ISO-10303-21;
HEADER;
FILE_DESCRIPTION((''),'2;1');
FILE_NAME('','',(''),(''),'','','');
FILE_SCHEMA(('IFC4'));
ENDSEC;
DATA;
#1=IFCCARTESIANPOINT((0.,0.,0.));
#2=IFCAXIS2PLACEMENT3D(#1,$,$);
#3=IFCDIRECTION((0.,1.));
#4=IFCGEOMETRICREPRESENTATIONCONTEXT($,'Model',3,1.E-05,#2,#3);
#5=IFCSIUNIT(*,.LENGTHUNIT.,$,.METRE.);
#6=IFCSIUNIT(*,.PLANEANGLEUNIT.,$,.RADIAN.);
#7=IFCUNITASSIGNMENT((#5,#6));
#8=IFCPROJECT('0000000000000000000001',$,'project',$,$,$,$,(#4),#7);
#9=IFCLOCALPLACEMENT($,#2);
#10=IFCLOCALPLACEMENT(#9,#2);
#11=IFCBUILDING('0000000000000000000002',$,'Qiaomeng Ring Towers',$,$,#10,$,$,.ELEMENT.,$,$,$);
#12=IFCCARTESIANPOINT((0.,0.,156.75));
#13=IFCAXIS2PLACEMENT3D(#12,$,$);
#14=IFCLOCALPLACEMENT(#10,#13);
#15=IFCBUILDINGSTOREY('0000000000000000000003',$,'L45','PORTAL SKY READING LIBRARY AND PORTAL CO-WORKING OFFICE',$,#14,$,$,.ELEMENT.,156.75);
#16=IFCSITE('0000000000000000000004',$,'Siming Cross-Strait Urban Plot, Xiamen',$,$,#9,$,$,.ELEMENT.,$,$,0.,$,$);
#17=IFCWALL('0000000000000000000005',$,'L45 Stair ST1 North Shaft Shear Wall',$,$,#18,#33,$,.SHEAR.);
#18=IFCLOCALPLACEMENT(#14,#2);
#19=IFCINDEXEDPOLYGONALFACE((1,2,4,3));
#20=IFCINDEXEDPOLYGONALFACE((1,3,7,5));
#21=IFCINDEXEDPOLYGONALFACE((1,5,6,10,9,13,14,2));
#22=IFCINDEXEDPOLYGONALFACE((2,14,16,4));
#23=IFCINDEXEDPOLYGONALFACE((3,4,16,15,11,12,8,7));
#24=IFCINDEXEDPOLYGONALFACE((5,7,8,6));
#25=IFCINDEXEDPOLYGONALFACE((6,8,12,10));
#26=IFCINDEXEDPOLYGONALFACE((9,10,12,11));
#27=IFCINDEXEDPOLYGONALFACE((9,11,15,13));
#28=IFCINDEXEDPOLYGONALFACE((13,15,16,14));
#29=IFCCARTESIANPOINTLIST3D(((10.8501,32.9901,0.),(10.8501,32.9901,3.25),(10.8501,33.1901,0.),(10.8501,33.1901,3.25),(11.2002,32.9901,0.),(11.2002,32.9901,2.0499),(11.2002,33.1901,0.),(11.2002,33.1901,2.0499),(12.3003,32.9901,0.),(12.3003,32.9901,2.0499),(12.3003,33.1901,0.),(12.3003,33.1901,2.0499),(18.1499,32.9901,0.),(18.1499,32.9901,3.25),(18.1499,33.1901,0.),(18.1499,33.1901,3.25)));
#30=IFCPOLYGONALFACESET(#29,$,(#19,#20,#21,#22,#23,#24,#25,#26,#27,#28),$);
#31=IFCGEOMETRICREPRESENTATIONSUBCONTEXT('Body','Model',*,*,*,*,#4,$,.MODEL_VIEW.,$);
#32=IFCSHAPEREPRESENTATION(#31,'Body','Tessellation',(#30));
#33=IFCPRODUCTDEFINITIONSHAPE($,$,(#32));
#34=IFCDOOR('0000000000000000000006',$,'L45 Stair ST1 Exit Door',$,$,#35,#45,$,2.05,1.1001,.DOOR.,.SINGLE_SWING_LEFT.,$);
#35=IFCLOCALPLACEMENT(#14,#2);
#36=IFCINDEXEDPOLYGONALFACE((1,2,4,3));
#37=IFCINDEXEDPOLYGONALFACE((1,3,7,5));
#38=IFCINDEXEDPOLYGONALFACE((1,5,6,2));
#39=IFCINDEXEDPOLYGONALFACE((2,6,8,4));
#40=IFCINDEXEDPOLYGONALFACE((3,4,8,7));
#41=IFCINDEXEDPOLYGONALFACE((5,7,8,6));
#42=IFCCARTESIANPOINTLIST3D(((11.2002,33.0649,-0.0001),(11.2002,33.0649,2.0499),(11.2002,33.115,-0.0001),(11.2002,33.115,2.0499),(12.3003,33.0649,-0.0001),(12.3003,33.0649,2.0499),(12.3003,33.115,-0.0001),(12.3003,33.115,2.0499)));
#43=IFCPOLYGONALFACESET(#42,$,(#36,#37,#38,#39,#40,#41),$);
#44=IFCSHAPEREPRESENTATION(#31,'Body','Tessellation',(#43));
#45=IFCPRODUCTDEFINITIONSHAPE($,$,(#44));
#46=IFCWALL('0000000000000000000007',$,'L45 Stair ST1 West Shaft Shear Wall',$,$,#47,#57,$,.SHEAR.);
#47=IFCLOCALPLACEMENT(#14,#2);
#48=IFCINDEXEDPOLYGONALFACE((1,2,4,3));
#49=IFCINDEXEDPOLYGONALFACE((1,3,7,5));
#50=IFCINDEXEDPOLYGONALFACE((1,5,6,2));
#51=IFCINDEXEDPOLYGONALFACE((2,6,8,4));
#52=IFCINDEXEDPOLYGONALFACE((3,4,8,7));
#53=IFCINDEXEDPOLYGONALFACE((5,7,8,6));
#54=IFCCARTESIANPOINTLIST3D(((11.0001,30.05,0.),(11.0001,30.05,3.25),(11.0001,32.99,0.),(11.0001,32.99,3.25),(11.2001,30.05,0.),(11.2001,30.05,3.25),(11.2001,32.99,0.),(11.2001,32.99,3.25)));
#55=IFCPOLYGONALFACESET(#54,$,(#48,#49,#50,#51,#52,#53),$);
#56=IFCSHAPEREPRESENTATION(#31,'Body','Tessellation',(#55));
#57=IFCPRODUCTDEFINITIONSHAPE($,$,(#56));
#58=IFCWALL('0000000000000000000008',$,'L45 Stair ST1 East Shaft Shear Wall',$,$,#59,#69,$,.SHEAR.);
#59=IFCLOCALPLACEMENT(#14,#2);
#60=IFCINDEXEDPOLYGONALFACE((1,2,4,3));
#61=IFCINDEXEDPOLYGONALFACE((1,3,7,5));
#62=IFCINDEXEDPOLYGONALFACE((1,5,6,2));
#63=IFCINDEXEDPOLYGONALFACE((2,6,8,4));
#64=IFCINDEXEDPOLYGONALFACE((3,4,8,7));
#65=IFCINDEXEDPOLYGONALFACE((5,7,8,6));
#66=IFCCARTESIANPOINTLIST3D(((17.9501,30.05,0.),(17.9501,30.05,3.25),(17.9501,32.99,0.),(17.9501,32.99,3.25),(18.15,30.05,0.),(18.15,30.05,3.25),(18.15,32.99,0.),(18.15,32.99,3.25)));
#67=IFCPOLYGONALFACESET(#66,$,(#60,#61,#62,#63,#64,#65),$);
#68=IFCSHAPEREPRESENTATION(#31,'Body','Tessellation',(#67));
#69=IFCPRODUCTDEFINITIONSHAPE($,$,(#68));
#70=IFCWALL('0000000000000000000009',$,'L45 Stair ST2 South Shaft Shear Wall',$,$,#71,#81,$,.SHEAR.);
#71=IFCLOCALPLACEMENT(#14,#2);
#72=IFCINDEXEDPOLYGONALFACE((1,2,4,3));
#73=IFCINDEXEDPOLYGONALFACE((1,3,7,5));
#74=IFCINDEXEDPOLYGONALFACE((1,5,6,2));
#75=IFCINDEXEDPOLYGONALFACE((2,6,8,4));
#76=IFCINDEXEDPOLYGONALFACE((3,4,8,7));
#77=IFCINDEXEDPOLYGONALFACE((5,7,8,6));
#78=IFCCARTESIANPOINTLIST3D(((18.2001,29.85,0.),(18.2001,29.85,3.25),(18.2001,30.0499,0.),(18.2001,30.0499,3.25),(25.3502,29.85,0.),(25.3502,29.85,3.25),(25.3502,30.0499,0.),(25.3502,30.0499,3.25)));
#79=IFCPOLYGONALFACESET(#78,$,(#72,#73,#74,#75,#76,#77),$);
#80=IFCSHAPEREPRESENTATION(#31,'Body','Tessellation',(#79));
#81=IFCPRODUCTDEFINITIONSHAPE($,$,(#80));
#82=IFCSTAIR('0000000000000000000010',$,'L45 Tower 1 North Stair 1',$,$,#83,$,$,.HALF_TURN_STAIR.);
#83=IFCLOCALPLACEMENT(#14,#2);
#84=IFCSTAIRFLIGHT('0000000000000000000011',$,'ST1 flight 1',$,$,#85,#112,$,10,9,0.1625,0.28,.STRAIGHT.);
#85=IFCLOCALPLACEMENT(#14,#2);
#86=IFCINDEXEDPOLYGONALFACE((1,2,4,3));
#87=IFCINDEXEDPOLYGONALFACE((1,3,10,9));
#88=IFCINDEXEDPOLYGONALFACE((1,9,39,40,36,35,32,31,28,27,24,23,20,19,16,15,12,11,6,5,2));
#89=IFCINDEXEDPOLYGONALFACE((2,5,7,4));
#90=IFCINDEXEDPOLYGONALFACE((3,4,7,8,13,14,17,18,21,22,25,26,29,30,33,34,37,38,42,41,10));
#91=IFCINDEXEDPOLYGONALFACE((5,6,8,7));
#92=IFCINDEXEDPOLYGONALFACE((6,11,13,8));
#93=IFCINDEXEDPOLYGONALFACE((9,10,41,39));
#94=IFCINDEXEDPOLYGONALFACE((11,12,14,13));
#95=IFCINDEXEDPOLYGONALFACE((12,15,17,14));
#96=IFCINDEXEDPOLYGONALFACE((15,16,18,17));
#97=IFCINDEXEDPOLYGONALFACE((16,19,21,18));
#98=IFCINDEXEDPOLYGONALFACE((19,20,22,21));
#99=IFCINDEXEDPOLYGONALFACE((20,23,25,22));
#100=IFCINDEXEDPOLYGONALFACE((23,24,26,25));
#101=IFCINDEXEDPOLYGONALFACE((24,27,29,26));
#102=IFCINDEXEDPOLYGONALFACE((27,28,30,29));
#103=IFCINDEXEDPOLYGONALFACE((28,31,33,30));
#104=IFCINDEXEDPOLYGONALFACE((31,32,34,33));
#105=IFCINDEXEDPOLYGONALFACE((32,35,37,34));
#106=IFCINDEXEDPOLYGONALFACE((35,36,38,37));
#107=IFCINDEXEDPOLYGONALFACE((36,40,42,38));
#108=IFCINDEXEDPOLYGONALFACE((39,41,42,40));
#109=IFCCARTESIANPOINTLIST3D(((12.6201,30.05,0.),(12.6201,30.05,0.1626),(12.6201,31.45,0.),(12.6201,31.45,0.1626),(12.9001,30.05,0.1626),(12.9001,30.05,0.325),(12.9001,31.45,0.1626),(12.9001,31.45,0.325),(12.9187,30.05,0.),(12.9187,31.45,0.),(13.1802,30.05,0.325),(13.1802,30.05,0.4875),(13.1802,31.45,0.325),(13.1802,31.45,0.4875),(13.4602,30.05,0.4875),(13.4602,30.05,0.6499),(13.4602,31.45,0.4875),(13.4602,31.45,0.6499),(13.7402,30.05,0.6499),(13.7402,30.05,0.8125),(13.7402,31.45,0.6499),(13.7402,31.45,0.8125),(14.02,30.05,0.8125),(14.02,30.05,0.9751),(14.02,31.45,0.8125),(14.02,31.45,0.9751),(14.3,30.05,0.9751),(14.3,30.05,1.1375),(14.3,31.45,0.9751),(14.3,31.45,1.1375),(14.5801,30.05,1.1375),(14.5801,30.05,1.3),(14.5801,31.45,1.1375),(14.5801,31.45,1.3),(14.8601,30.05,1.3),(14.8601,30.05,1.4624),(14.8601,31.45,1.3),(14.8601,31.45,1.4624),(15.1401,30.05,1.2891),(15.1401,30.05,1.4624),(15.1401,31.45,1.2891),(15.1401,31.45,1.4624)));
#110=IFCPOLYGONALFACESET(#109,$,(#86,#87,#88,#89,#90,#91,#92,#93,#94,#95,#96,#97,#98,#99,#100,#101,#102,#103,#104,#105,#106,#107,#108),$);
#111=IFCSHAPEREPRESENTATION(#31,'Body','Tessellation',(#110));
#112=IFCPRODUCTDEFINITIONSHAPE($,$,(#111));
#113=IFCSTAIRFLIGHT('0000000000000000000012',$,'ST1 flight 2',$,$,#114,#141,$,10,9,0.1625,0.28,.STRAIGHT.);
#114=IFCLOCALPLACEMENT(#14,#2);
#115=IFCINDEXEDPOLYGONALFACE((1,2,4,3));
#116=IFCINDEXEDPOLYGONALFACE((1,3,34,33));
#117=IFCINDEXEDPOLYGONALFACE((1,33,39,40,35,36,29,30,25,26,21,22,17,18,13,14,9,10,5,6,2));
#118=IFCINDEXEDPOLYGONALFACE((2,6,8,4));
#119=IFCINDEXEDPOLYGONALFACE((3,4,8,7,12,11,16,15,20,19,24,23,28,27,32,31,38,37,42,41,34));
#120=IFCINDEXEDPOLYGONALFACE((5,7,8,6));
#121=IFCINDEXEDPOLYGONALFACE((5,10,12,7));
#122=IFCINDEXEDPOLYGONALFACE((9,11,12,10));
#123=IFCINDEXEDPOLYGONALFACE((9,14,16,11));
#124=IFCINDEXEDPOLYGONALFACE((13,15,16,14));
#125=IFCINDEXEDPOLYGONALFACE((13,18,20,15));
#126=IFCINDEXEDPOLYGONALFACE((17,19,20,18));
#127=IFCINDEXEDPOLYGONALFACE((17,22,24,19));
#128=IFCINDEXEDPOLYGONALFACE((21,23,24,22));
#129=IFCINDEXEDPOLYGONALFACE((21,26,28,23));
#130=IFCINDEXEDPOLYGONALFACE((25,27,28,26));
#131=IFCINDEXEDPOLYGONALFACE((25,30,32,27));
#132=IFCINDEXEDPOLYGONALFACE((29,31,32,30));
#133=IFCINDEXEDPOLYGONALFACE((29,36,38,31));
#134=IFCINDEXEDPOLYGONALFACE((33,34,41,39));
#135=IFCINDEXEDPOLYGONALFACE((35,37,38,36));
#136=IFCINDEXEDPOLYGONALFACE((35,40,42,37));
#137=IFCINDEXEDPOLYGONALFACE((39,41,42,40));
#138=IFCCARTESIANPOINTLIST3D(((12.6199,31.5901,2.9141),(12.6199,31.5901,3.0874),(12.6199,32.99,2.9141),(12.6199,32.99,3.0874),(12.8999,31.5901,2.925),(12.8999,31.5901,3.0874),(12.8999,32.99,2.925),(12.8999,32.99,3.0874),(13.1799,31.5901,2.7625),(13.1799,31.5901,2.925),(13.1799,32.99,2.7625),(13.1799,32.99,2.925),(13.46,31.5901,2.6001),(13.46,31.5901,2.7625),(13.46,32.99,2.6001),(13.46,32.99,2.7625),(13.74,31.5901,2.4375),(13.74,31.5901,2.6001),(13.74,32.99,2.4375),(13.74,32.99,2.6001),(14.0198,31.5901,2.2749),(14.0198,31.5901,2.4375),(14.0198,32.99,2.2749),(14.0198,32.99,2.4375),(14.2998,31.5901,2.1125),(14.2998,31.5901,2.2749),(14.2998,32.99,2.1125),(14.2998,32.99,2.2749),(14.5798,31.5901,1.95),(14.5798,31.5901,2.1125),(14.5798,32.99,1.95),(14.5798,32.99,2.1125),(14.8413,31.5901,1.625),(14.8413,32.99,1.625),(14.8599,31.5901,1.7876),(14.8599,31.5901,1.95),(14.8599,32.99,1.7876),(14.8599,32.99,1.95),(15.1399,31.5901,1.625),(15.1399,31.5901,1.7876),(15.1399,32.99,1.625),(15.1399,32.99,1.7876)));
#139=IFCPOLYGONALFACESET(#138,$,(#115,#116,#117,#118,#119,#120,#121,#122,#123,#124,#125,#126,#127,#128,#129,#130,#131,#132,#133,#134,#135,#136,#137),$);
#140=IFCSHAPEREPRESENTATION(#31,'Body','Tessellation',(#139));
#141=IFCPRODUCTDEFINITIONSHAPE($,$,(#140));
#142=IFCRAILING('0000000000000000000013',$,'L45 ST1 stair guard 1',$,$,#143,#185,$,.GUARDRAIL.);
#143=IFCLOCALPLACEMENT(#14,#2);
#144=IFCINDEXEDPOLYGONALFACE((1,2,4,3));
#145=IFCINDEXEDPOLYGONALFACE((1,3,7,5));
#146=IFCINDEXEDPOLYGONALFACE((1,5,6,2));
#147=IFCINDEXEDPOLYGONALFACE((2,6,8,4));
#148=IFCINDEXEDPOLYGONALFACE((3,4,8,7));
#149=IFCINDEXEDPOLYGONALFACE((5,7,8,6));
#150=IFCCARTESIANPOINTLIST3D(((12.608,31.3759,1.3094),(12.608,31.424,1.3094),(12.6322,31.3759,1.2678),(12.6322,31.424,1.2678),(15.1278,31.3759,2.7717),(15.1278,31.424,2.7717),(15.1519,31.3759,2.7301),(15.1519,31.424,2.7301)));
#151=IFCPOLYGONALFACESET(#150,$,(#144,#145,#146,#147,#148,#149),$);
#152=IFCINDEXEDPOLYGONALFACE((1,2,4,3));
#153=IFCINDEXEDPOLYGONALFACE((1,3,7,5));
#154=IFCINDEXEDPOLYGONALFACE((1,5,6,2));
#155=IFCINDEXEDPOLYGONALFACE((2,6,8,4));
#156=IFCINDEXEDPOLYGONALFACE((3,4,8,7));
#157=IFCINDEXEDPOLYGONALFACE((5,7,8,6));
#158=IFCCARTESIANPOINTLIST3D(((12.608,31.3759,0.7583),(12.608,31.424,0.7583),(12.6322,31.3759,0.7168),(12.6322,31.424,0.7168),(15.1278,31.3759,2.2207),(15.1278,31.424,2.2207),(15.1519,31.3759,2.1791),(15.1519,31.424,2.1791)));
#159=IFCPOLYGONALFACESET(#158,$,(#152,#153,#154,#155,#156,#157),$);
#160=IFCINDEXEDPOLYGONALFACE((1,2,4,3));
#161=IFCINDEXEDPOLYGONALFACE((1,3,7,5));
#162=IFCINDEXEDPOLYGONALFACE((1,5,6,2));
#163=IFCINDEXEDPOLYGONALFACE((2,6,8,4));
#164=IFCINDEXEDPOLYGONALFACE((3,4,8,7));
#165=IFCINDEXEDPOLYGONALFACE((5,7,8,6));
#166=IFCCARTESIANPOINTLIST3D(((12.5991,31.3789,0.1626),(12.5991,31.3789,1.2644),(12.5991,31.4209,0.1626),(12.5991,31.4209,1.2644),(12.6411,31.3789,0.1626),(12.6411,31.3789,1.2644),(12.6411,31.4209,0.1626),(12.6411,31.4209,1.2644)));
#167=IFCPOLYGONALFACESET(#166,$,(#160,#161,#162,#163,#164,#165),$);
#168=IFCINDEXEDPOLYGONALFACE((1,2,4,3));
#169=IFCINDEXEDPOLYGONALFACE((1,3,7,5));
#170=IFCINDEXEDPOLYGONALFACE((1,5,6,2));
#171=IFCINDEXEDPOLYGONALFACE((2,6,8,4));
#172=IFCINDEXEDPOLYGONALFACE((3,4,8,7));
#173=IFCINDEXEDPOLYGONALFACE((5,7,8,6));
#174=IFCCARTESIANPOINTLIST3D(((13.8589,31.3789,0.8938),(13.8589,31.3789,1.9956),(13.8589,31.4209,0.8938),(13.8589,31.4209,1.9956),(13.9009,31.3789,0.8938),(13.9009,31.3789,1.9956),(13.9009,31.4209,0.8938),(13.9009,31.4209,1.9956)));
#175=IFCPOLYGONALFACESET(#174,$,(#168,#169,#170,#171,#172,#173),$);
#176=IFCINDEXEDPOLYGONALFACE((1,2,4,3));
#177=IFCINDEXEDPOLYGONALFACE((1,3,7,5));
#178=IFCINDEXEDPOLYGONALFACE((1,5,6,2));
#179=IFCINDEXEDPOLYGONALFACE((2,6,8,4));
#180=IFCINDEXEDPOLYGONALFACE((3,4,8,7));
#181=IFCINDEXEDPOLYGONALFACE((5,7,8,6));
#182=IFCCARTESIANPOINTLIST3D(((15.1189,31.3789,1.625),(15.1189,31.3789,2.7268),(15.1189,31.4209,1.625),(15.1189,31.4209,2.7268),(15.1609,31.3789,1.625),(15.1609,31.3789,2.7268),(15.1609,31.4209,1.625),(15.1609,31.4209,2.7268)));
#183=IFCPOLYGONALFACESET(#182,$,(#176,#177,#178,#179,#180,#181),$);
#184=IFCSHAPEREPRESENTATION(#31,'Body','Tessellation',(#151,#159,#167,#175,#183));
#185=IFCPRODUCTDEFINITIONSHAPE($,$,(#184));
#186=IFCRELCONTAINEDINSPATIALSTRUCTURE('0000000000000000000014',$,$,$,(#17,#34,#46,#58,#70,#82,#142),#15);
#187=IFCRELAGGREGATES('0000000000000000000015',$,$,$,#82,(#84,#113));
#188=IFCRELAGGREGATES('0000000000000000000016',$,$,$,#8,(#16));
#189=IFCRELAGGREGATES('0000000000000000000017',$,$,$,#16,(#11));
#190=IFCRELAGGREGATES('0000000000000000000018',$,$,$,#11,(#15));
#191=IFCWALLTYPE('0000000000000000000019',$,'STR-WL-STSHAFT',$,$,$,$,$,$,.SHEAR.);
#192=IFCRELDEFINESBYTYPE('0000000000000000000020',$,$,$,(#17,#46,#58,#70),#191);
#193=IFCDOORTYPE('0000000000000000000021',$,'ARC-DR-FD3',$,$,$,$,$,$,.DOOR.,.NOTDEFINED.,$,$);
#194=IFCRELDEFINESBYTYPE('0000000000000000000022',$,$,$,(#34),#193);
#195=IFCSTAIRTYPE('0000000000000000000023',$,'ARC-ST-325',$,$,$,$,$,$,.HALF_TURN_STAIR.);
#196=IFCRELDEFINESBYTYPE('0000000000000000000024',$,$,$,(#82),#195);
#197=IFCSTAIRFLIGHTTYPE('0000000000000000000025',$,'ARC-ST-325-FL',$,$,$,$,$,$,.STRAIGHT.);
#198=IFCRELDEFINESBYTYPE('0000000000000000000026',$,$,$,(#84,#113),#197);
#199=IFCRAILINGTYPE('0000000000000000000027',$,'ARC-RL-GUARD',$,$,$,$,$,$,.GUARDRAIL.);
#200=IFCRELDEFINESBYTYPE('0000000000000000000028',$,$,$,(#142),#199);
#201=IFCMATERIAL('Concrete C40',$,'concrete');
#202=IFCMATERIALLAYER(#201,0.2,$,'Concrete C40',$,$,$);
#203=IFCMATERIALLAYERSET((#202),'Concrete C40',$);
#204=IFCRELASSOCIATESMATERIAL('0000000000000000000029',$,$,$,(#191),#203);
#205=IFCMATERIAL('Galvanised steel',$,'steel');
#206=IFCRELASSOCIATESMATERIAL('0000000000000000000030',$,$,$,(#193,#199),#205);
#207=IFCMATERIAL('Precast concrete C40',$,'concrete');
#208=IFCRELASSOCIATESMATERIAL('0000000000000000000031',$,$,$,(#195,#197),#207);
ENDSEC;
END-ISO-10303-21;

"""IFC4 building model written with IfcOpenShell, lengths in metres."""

from ifc_helpers import new_model, si_unit, direction, frame, frame_2d, origin, origin_2d, place, context, subcontext, project, spatial, polyline, rectangle, outline, extrude, source, transform, mapped, material, layer, layer_set, type_object, element, fill, aggregate, save


model = new_model("IFC4")

# Units and contexts
model_context = context("Model", 3, precision=1e-05, world=origin(), true_north=direction((0.0, 1.0)))
body_context = subcontext(model_context, "Body", "Model", "MODEL_VIEW")
ifc_project = project(units=[si_unit("LENGTHUNIT", "METRE"), si_unit("PLANEANGLEUNIT", "RADIAN")], contexts=[model_context])

# Site, building, storey
site_placement = place(None, origin())
site = spatial("IfcSite", under=ifc_project, at=site_placement, Name="Siming Cross-Strait Urban Plot, Xiamen", CompositionType="ELEMENT", RefElevation=0.0)
building_placement = place(site_placement, origin())
building = spatial("IfcBuilding", under=site, at=building_placement, Name="Qiaomeng Ring Towers", CompositionType="ELEMENT")
storey_placement = place(building_placement, frame((0.0, 0.0, 156.75)))
storey = spatial("IfcBuildingStorey", under=building, at=storey_placement, Name="L45", Description="PORTAL SKY READING LIBRARY AND PORTAL CO-WORKING OFFICE", CompositionType="ELEMENT", Elevation=156.75)

# Wall, opening, door
ifc_material_1 = material(Name="Concrete C40", Category="concrete")
ifc_layer = layer(ifc_material_1, 0.2, Name="Concrete C40")
ifc_layer_set = layer_set([ifc_layer], Name="Concrete C40")
wall_type = type_object("IfcWallType", Name="STR-WL-STSHAFT", PredefinedType="SHEAR", material=ifc_layer_set)
wall_1_placement = place(storey_placement, frame((10.8501, 33.0901, 0.0), z_axis=(0.0, 0.0, 1.0), x_axis=(1.0, 0.0, 0.0)))
wall_1 = element("IfcWall", 1, at=wall_1_placement, inside=storey, type_object=wall_type, Name="L45 Stair ST1 North Shaft Shear Wall", PredefinedType="SHEAR", context=body_context, shape_type="SweptSolid", body=[
    extrude(rectangle(XDim=7.2998, YDim=0.2, at=frame_2d((3.6499, 0.0))), origin(), (0.0, 0.0, 1.0), 3.25),
])
opening_placement = place(wall_1_placement, frame((0.3501, 0.0, 0.0)))
opening = element("IfcOpeningElement", 2, at=opening_placement, cuts=wall_1, PredefinedType="OPENING", context=body_context, shape_type="SweptSolid", body=[
    extrude(rectangle(XDim=1.1001, YDim=2.05, at=frame_2d((0.55, 1.0249))), frame((0.0, 0.1099, 0.0), z_axis=(0.0, -1.0, 0.0), x_axis=(1.0, 0.0, 0.0)), (0.0, 0.0, 1.0), 0.22),
])
ifc_material_2 = material(Name="Galvanised steel", Category="steel")
door_type = type_object("IfcDoorType", Name="ARC-DR-FD3", OperationType="NOTDEFINED", PredefinedType="DOOR", material=ifc_material_2)
shared_shape_1 = source(origin(), body_context, "Body", "SweptSolid", [
    extrude(rectangle(XDim=1.1001, YDim=2.05, at=frame_2d((0.55, 1.0249))), frame((0.0, 0.0249, 0.0), z_axis=(0.0, -1.0, 0.0), x_axis=(1.0, 0.0, 0.0)), (0.0, 0.0, 1.0), 0.05),
])
door_placement = place(opening_placement, origin())
door = element("IfcDoor", 3, at=door_placement, inside=storey, type_object=door_type, Name="L45 Stair ST1 Exit Door", OperationType="SINGLE_SWING_LEFT", OverallHeight=2.05, OverallWidth=1.1001, PredefinedType="DOOR", context=body_context, shape_type="MappedRepresentation", body=[
    mapped(shared_shape_1, transform((0.0, 0.0, 0.0), x_axis=(1.0, 0.0, 0.0), y_axis=(0.0, 1.0, 0.0), z_axis=(0.0, 0.0, 1.0), scale=1.0)),
])
fill(opening, door)

# Walls
for number, where, z_axis, x_axis, name in (
    (4, (11.1001, 30.05, 0.0), (0.0, 0.0, 1.0), (0.0, 1.0, 0.0), "L45 Stair ST1 West Shaft Shear Wall"),
    (5, (18.05, 30.05, 0.0), (0.0, 0.0, 1.0), (0.0, 1.0, 0.0), "L45 Stair ST1 East Shaft Shear Wall"),
):
    element("IfcWall", number, at=place(storey_placement, frame(where, z_axis=z_axis, x_axis=x_axis)), inside=storey, type_object=wall_type, Name=name, PredefinedType="SHEAR", context=body_context, shape_type="SweptSolid", body=[
        extrude(rectangle(XDim=2.9399, YDim=0.2, at=frame_2d((1.47, 0.0))), origin(), (0.0, 0.0, 1.0), 3.25),
    ])
wall_2_placement = place(storey_placement, frame((18.2, 29.95, 0.0), z_axis=(0.0, 0.0, 1.0), x_axis=(1.0, 0.0, 0.0)))
element("IfcWall", 6, at=wall_2_placement, inside=storey, type_object=wall_type, Name="L45 Stair ST2 South Shaft Shear Wall", PredefinedType="SHEAR", context=body_context, shape_type="SweptSolid", body=[
    extrude(rectangle(XDim=7.1501, YDim=0.2, at=frame_2d((3.5752, 0.0))), origin(), (0.0, 0.0, 1.0), 3.25),
])

# Stair, stair flights
ifc_material_3 = material(Name="Precast concrete C40", Category="concrete")
stair_type = type_object("IfcStairType", Name="ARC-ST-325", PredefinedType="HALF_TURN_STAIR", material=ifc_material_3)
stair_placement = place(storey_placement, origin())
stair = element("IfcStair", 7, at=stair_placement, inside=storey, type_object=stair_type, Name="L45 Tower 1 North Stair 1", PredefinedType="HALF_TURN_STAIR")
stair_flight_type = type_object("IfcStairFlightType", Name="ARC-ST-325-FL", PredefinedType="STRAIGHT", material=ifc_material_3)
shared_shape_2 = source(origin(), body_context, "Body", "SweptSolid", [
    extrude(outline(polyline([(0.0, 0.0), (0.0, 0.1626), (0.28, 0.1626), (0.28, 0.325), (0.5601, 0.325), (0.5601, 0.4875), (0.8401, 0.4875), (0.8401, 0.6499), (1.1201, 0.6499), (1.1201, 0.8125), (1.3999, 0.8125), (1.3999, 0.9751), (1.6799, 0.9751), (1.6799, 1.1375), (1.96, 1.1375), (1.96, 1.3), (2.24, 1.3), (2.24, 1.4624), (2.52, 1.4624), (2.52, 1.625), (2.52, 1.2891), (0.2986, 0.0), (0.0, 0.0)])), frame((0.0, 0.7, 0.0), z_axis=(0.0, -1.0, 0.0), x_axis=(1.0, 0.0, 0.0)), (0.0, 0.0, 1.0), 1.3999),
])
stair_flight_1_placement = place(storey_placement, frame((12.6201, 30.75, 0.0), z_axis=(0.0, 0.0, 1.0), x_axis=(1.0, 0.0, 0.0)))
stair_flight_1 = element("IfcStairFlight", 8, at=stair_flight_1_placement, type_object=stair_flight_type, Name="ST1 flight 1", NumberOfRisers=10, NumberOfTreads=9, PredefinedType="STRAIGHT", RiserHeight=0.1625, TreadLength=0.28, context=body_context, shape_type="MappedRepresentation", body=[
    mapped(shared_shape_2, transform((0.0, 0.0, 0.0), x_axis=(1.0, 0.0, 0.0), y_axis=(0.0, 1.0, 0.0), z_axis=(0.0, 0.0, 1.0), scale=1.0)),
])
stair_flight_2_placement = place(storey_placement, frame((15.1399, 32.29, 1.625), z_axis=(0.0, 0.0, 1.0), x_axis=(-1.0, 0.0, 0.0)))
stair_flight_2 = element("IfcStairFlight", 9, at=stair_flight_2_placement, type_object=stair_flight_type, Name="ST1 flight 2", NumberOfRisers=10, NumberOfTreads=9, PredefinedType="STRAIGHT", RiserHeight=0.1625, TreadLength=0.28, context=body_context, shape_type="MappedRepresentation", body=[
    mapped(shared_shape_2, transform((0.0, 0.0, 0.0), x_axis=(1.0, 0.0, 0.0), y_axis=(0.0, 1.0, 0.0), z_axis=(0.0, 0.0, 1.0), scale=1.0)),
])
aggregate(stair, [stair_flight_1, stair_flight_2])

# Railing
railing_type_1 = type_object("IfcRailingType", Name="ARC-RL-GUARD", PredefinedType="GUARDRAIL", material=ifc_material_2)
railing_1_placement = place(storey_placement, frame((12.6201, 31.3999, 0.1626)))
element("IfcRailing", 10, at=railing_1_placement, inside=storey, type_object=railing_type_1, Name="L45 ST1 stair guard 1", PredefinedType="GUARDRAIL", context=body_context, shape_type="SweptSolid", body=[
    extrude(rectangle(XDim=0.0481, YDim=0.0481, at=origin_2d()), frame((0.0, 0.0, 1.126), z_axis=(0.864892, 0.0, 0.501958), x_axis=(0.0, 1.0, 0.0)), (0.0, 0.0, 1.0), 2.9133),
    extrude(rectangle(XDim=0.0481, YDim=0.0481, at=origin_2d()), frame((0.0, 0.0, 0.575), z_axis=(0.864892, 0.0, 0.501958), x_axis=(0.0, 1.0, 0.0)), (0.0, 0.0, 1.0), 2.9133),
    extrude(rectangle(XDim=0.042, YDim=0.042, at=origin_2d()), origin(), (0.0, 0.0, 1.0), 1.1018),
    extrude(rectangle(XDim=0.042, YDim=0.042, at=origin_2d()), frame((1.2598, 0.0, 0.7312)), (0.0, 0.0, 1.0), 1.1018),
    extrude(rectangle(XDim=0.042, YDim=0.042, at=origin_2d()), frame((2.5198, 0.0, 1.4624)), (0.0, 0.0, 1.0), 1.1018),
])

save(model, "model.ifc")
